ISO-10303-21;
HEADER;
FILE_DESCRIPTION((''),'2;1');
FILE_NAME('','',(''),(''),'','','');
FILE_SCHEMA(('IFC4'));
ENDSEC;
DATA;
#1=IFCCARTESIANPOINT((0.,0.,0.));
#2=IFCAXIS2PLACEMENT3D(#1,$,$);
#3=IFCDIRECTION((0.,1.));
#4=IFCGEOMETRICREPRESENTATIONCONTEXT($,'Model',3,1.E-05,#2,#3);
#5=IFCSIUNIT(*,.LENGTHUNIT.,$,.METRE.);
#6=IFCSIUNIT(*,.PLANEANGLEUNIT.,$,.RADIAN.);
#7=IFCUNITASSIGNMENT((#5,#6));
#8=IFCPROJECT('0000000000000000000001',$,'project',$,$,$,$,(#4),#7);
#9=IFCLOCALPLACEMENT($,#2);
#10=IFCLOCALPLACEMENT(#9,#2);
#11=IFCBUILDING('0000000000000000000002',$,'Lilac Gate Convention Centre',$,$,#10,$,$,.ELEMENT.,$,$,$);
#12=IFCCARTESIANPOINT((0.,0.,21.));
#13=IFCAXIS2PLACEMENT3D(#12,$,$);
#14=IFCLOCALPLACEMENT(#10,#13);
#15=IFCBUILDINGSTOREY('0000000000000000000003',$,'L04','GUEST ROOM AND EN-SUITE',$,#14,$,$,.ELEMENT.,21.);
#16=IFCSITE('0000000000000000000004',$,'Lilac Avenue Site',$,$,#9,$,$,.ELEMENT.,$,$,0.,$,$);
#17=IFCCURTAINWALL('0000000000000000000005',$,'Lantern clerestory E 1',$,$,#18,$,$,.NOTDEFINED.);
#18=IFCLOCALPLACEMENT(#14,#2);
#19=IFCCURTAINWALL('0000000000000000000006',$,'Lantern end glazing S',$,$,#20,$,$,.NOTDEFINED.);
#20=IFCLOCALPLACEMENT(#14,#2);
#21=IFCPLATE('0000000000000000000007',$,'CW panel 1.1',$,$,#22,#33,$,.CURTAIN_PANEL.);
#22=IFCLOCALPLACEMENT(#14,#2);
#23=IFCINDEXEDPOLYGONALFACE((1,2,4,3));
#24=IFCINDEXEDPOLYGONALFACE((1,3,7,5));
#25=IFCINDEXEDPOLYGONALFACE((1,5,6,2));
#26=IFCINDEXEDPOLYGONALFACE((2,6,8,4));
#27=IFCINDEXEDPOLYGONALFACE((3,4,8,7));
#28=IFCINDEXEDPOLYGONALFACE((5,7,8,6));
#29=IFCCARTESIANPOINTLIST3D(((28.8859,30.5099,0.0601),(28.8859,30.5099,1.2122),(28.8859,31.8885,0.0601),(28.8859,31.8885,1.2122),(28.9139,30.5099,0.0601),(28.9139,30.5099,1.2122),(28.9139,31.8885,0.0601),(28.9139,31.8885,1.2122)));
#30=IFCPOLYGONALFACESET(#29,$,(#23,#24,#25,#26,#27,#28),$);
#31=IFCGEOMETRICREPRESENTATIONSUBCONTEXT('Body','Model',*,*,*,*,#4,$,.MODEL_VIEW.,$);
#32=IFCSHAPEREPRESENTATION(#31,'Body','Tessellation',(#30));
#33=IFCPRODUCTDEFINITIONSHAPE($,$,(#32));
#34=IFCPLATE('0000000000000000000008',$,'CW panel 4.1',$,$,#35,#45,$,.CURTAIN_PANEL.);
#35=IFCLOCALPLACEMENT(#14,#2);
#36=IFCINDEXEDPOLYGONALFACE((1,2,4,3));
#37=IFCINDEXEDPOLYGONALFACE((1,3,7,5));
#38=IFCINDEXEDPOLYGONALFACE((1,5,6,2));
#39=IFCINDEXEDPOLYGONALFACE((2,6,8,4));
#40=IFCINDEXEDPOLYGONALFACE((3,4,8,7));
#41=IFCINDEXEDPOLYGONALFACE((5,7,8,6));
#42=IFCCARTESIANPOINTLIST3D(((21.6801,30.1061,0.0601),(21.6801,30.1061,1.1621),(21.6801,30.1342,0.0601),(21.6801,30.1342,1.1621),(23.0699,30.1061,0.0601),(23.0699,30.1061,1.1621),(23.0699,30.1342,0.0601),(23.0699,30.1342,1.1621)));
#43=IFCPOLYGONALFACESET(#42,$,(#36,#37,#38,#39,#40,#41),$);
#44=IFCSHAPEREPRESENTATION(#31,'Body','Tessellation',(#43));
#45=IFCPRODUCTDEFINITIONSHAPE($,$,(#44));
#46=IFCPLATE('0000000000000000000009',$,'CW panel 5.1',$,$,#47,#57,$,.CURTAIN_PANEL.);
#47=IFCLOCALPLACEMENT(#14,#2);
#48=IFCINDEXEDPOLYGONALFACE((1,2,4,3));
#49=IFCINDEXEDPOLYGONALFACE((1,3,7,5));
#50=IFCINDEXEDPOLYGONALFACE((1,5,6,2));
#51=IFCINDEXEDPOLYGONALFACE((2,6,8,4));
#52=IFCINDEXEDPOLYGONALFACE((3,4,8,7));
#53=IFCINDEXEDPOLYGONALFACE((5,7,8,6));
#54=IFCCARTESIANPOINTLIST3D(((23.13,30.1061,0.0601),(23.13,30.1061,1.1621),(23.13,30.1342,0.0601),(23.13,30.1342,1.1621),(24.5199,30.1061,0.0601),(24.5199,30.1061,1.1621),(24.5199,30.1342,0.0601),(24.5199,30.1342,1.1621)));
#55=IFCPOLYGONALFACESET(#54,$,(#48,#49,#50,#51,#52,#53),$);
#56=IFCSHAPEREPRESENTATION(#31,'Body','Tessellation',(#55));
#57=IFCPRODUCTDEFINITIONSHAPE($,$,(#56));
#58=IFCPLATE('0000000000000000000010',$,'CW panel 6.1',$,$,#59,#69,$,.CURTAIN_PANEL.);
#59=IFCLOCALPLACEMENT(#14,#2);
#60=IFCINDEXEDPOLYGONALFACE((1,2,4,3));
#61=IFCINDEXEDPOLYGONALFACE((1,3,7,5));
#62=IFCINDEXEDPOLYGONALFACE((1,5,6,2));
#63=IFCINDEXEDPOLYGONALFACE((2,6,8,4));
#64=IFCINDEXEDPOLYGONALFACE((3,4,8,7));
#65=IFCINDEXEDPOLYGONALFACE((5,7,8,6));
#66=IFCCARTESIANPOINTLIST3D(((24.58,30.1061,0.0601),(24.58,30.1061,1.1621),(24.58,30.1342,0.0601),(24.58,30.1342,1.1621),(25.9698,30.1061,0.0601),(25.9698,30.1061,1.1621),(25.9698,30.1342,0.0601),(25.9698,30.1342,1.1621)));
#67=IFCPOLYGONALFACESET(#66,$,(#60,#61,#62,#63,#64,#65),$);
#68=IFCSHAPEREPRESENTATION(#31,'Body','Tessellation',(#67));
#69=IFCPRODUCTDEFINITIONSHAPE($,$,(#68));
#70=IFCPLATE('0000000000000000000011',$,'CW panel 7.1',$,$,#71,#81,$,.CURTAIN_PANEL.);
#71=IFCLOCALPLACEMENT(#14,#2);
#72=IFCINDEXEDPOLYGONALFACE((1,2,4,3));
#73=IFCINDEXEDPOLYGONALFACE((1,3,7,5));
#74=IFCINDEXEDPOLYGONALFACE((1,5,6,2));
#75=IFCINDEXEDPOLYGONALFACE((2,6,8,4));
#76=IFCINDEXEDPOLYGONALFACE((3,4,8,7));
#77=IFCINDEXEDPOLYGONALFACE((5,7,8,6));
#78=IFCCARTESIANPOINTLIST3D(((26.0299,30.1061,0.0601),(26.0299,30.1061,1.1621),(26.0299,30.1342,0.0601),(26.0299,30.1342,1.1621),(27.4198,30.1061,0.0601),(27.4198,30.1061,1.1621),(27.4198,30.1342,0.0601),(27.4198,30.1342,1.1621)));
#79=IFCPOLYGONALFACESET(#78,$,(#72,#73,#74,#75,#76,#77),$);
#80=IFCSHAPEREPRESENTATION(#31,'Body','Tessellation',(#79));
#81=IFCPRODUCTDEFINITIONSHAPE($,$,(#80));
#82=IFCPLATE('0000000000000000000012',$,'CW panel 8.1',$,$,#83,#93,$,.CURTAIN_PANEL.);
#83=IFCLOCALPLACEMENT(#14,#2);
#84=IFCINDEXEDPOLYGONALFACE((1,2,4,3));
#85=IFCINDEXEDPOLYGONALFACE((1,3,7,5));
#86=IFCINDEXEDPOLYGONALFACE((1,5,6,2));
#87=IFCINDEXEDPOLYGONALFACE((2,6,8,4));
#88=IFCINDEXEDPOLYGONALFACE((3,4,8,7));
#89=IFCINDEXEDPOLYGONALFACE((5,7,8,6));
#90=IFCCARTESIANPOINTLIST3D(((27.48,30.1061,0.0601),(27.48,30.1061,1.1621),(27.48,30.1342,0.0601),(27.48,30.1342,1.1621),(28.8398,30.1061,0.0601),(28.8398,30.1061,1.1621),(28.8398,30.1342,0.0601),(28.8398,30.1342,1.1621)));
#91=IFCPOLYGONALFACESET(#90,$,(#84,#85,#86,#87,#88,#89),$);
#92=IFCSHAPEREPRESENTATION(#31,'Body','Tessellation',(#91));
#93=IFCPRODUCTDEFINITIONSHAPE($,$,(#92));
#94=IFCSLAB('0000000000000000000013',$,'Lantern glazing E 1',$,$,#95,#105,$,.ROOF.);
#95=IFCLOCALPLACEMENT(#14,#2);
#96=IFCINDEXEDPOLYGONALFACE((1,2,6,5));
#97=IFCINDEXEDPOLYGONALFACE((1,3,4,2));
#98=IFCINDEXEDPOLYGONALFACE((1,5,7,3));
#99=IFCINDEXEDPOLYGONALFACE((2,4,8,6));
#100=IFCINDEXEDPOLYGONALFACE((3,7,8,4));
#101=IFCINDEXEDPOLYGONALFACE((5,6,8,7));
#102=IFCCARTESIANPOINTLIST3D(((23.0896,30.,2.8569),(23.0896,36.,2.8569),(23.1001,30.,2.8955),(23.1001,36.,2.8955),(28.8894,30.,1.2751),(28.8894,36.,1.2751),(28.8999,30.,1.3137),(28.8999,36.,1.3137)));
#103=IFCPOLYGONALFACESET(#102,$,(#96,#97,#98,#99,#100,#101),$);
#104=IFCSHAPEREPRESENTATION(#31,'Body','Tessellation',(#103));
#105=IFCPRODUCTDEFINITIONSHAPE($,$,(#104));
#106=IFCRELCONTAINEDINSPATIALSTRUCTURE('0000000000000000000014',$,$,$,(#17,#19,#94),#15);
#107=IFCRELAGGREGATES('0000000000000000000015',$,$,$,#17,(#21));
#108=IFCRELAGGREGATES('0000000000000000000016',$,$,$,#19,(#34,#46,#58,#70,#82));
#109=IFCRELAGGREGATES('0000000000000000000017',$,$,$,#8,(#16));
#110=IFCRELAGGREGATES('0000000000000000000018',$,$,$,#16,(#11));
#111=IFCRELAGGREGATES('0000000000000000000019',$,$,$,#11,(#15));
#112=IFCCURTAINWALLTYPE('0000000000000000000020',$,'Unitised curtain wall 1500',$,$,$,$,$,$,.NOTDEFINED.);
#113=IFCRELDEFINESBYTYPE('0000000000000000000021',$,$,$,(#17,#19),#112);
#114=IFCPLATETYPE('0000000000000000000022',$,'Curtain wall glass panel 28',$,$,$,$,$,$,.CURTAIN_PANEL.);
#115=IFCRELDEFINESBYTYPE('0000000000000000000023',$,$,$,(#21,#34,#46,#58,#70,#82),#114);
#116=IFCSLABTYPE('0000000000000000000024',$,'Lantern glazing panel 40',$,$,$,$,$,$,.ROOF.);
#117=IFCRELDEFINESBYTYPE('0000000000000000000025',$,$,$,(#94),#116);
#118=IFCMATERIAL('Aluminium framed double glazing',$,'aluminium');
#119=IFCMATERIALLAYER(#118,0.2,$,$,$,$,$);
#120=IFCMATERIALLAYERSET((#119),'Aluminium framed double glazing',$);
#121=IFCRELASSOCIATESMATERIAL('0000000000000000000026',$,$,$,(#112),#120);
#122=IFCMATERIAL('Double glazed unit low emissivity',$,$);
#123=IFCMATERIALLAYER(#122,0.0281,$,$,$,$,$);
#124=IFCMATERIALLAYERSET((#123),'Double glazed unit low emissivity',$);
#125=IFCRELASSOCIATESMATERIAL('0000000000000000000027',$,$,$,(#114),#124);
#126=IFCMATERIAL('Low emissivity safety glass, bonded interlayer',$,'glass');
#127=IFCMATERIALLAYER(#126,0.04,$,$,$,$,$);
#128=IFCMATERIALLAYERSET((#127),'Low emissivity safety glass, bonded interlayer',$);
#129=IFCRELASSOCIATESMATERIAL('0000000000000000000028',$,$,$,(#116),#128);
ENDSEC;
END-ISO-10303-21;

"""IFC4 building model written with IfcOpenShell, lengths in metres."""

from ifc_helpers import new_model, si_unit, direction, frame, origin, origin_2d, place, context, subcontext, project, spatial, polyline, rectangle, outline, extrude, material, layer, layer_set, type_object, element, aggregate, save


model = new_model("IFC4")

# Units and contexts
model_context = context("Model", 3, precision=1e-05, world=origin(), true_north=direction((0.0, 1.0)))
body_context = subcontext(model_context, "Body", "Model", "MODEL_VIEW")
ifc_project = project(units=[si_unit("LENGTHUNIT", "METRE"), si_unit("PLANEANGLEUNIT", "RADIAN")], contexts=[model_context])

# Site, building, storey
site_placement = place(None, origin())
site = spatial("IfcSite", under=ifc_project, at=site_placement, Name="Lilac Avenue Site", CompositionType="ELEMENT", RefElevation=0.0)
building_placement = place(site_placement, origin())
building = spatial("IfcBuilding", under=site, at=building_placement, Name="Lilac Gate Convention Centre", CompositionType="ELEMENT")
storey_placement = place(building_placement, frame((0.0, 0.0, 21.0)))
storey = spatial("IfcBuildingStorey", under=building, at=storey_placement, Name="L04", Description="GUEST ROOM AND EN-SUITE", CompositionType="ELEMENT", Elevation=21.0)

# Curtain walls
ifc_material_1 = material(Name="Aluminium framed double glazing", Category="aluminium")
ifc_layer_1 = layer(ifc_material_1, 0.2)
ifc_layer_set_1 = layer_set([ifc_layer_1], Name="Aluminium framed double glazing")
curtain_wall_type = type_object("IfcCurtainWallType", Name="Unitised curtain wall 1500", PredefinedType="NOTDEFINED", material=ifc_layer_set_1)
curtain_wall_1_placement = place(storey_placement, origin())
curtain_wall_1 = element("IfcCurtainWall", 1, at=curtain_wall_1_placement, inside=storey, type_object=curtain_wall_type, Name="Lantern clerestory E 1", PredefinedType="NOTDEFINED")
curtain_wall_2_placement = place(storey_placement, origin())
curtain_wall_2 = element("IfcCurtainWall", 2, at=curtain_wall_2_placement, inside=storey, type_object=curtain_wall_type, Name="Lantern end glazing S", PredefinedType="NOTDEFINED")

# Plates
ifc_material_2 = material(Name="Double glazed unit low emissivity")
ifc_layer_2 = layer(ifc_material_2, 0.0281)
ifc_layer_set_2 = layer_set([ifc_layer_2], Name="Double glazed unit low emissivity")
plate_type = type_object("IfcPlateType", Name="Curtain wall glass panel 28", PredefinedType="CURTAIN_PANEL", material=ifc_layer_set_2)
plate_1_placement = place(storey_placement, frame((28.8999, 31.1992, 0.0601), z_axis=(0.0, 0.0, 1.0), x_axis=(0.0, 1.0, 0.0)))
plate_1 = element("IfcPlate", 3, at=plate_1_placement, type_object=plate_type, Name="CW panel 1.1", PredefinedType="CURTAIN_PANEL", context=body_context, shape_type="SweptSolid", body=[
    extrude(rectangle(XDim=1.3787, YDim=0.0281, at=origin_2d()), origin(), (0.0, 0.0, 1.0), 1.1521),
])
aggregate(curtain_wall_1, [plate_1])
plate_2_placement = place(storey_placement, frame((22.375, 30.1201, 0.0601), z_axis=(0.0, 0.0, 1.0), x_axis=(1.0, 0.0, 0.0)))
plate_2 = element("IfcPlate", 4, at=plate_2_placement, type_object=plate_type, Name="CW panel 4.1", PredefinedType="CURTAIN_PANEL", context=body_context, shape_type="SweptSolid", body=[
    extrude(rectangle(XDim=1.3899, YDim=0.0281, at=origin_2d()), origin(), (0.0, 0.0, 1.0), 1.1021),
])
plate_3_placement = place(storey_placement, frame((23.825, 30.1201, 0.0601), z_axis=(0.0, 0.0, 1.0), x_axis=(1.0, 0.0, 0.0)))
plate_3 = element("IfcPlate", 5, at=plate_3_placement, type_object=plate_type, Name="CW panel 5.1", PredefinedType="CURTAIN_PANEL", context=body_context, shape_type="SweptSolid", body=[
    extrude(rectangle(XDim=1.3899, YDim=0.0281, at=origin_2d()), origin(), (0.0, 0.0, 1.0), 1.1021),
])
plate_4_placement = place(storey_placement, frame((25.2749, 30.1201, 0.0601), z_axis=(0.0, 0.0, 1.0), x_axis=(1.0, 0.0, 0.0)))
plate_4 = element("IfcPlate", 6, at=plate_4_placement, type_object=plate_type, Name="CW panel 6.1", PredefinedType="CURTAIN_PANEL", context=body_context, shape_type="SweptSolid", body=[
    extrude(rectangle(XDim=1.3899, YDim=0.0281, at=origin_2d()), origin(), (0.0, 0.0, 1.0), 1.1021),
])
plate_5_placement = place(storey_placement, frame((26.7249, 30.1201, 0.0601), z_axis=(0.0, 0.0, 1.0), x_axis=(1.0, 0.0, 0.0)))
plate_5 = element("IfcPlate", 7, at=plate_5_placement, type_object=plate_type, Name="CW panel 7.1", PredefinedType="CURTAIN_PANEL", context=body_context, shape_type="SweptSolid", body=[
    extrude(rectangle(XDim=1.3899, YDim=0.0281, at=origin_2d()), origin(), (0.0, 0.0, 1.0), 1.1021),
])
plate_6_placement = place(storey_placement, frame((28.1599, 30.1201, 0.0601), z_axis=(0.0, 0.0, 1.0), x_axis=(1.0, 0.0, 0.0)))
plate_6 = element("IfcPlate", 8, at=plate_6_placement, type_object=plate_type, Name="CW panel 8.1", PredefinedType="CURTAIN_PANEL", context=body_context, shape_type="SweptSolid", body=[
    extrude(rectangle(XDim=1.3599, YDim=0.0281, at=origin_2d()), origin(), (0.0, 0.0, 1.0), 1.1021),
])
aggregate(curtain_wall_2, [plate_2, plate_3, plate_4, plate_5, plate_6])

# Slab
ifc_material_3 = material(Name="Low emissivity safety glass, bonded interlayer", Category="glass")
ifc_layer_3 = layer(ifc_material_3, 0.04)
ifc_layer_set_3 = layer_set([ifc_layer_3], Name="Low emissivity safety glass, bonded interlayer")
slab_type = type_object("IfcSlabType", Name="Lantern glazing panel 40", PredefinedType="ROOF", material=ifc_layer_set_3)
slab_placement = place(storey_placement, frame((23.1001, 30.0, 2.8955), z_axis=(0.263121, 0.0, 0.964763), x_axis=(0.964763, 0.0, -0.263121)))
element("IfcSlab", 9, at=slab_placement, inside=storey, type_object=slab_type, Name="Lantern glazing E 1", PredefinedType="ROOF", context=body_context, shape_type="SweptSolid", body=[
    extrude(outline(polyline([(0.0, 0.0), (6.0116, 0.0), (6.0116, 6.0), (0.0, 6.0), (0.0, 0.0)])), origin(), (0.0, 0.0, -1.0), 0.04),
])

save(model, "model.ifc")
